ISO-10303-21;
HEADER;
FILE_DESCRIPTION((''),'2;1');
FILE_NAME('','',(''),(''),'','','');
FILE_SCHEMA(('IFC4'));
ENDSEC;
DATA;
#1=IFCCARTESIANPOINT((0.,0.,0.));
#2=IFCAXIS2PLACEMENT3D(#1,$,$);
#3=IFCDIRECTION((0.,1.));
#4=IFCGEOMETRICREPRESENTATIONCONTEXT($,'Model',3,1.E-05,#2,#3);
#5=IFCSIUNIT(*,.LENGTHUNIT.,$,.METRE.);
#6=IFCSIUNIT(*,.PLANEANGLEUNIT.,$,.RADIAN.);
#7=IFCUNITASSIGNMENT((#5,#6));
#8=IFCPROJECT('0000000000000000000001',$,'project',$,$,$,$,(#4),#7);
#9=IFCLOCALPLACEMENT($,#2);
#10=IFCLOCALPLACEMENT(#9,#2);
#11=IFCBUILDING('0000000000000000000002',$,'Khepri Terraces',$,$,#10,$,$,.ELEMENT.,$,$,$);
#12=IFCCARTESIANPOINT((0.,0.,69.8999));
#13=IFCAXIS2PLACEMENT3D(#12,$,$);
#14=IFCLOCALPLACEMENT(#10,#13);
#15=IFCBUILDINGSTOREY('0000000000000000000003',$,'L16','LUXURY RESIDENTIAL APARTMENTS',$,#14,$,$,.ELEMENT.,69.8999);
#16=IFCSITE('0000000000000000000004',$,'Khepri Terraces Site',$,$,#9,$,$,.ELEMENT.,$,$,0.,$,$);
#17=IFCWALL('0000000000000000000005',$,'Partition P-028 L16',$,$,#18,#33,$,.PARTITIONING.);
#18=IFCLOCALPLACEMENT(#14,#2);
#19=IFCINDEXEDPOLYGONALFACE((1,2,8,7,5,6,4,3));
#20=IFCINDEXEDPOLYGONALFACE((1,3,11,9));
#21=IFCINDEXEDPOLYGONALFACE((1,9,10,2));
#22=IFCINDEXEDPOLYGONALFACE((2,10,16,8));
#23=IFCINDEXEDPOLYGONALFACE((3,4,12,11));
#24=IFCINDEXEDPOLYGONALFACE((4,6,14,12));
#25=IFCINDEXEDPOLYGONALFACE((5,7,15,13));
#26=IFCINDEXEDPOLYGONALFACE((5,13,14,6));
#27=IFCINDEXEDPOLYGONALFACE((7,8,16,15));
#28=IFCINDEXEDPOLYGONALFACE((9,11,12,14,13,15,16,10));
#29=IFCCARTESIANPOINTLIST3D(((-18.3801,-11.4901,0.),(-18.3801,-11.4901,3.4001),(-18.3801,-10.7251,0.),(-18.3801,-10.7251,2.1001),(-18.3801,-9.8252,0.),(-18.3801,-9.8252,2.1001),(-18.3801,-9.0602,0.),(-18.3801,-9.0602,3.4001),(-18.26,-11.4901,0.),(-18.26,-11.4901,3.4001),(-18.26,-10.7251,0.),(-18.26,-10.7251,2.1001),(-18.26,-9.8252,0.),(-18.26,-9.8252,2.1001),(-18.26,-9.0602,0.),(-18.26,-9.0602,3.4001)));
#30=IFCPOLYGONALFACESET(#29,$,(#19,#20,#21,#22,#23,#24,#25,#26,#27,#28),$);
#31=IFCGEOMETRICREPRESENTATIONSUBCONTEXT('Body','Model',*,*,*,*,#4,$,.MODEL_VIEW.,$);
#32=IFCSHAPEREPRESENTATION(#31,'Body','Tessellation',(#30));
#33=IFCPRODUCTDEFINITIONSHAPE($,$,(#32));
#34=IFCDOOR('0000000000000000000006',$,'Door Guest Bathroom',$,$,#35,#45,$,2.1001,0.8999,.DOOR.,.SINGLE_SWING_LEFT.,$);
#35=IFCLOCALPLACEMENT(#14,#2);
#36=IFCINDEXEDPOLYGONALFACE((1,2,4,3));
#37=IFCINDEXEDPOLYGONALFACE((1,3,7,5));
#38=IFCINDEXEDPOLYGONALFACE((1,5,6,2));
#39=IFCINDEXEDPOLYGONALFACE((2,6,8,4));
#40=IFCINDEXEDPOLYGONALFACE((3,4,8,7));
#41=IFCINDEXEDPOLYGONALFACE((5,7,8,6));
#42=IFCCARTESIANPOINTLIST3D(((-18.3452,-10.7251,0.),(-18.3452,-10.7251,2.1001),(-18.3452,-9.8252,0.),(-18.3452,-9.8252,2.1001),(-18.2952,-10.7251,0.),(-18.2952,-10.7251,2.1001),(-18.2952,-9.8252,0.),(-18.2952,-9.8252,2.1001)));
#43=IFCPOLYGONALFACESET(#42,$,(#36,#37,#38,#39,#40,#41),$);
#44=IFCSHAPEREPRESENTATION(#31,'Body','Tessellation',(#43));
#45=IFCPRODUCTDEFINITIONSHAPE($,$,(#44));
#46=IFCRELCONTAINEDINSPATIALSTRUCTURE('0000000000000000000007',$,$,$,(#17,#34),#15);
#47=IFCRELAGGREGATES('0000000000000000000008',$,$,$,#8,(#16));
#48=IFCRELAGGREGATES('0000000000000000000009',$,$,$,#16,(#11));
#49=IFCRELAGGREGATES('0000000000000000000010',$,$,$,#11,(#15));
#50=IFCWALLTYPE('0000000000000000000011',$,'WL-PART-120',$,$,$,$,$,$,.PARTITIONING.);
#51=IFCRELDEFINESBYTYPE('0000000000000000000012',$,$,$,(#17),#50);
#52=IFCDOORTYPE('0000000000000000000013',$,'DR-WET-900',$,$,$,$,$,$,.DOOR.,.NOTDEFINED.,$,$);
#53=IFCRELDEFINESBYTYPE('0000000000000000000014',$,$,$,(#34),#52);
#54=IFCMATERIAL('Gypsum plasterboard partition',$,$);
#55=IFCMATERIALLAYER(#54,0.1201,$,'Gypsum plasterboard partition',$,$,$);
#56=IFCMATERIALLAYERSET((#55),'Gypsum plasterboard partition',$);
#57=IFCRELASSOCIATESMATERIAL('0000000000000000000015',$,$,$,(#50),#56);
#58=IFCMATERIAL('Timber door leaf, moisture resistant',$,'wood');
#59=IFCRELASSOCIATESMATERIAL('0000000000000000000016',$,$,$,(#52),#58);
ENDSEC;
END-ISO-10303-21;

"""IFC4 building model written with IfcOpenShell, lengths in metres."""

from ifc_helpers import new_model, si_unit, direction, frame, frame_2d, origin, place, context, subcontext, project, spatial, rectangle, extrude, material, layer, layer_set, type_object, element, fill, save


model = new_model("IFC4")

# Units and contexts
model_context = context("Model", 3, precision=1e-05, world=origin(), true_north=direction((0.0, 1.0)))
body_context = subcontext(model_context, "Body", "Model", "MODEL_VIEW")
ifc_project = project(units=[si_unit("LENGTHUNIT", "METRE"), si_unit("PLANEANGLEUNIT", "RADIAN")], contexts=[model_context])

# Site, building, storey
site_placement = place(None, origin())
site = spatial("IfcSite", under=ifc_project, at=site_placement, Name="Khepri Terraces Site", CompositionType="ELEMENT", RefElevation=0.0)
building_placement = place(site_placement, origin())
building = spatial("IfcBuilding", under=site, at=building_placement, Name="Khepri Terraces", CompositionType="ELEMENT")
storey_placement = place(building_placement, frame((0.0, 0.0, 69.8999)))
storey = spatial("IfcBuildingStorey", under=building, at=storey_placement, Name="L16", Description="LUXURY RESIDENTIAL APARTMENTS", CompositionType="ELEMENT", Elevation=69.8999)

# Shared definitions
ifc_material_1 = material(Name="Gypsum plasterboard partition")
ifc_layer_1 = layer(ifc_material_1, 0.1201, Name="Gypsum plasterboard partition")
ifc_layer_set_1 = layer_set([ifc_layer_1], Name="Gypsum plasterboard partition")
wall_type_1 = type_object("IfcWallType", Name="WL-PART-120", PredefinedType="PARTITIONING", material=ifc_layer_set_1)

# Wall, opening, door
wall_1_placement = place(storey_placement, frame((-18.3201, -11.49, 0.0), z_axis=(0.0, 0.0, 1.0), x_axis=(0.0, 1.0, 0.0)))
wall_1 = element("IfcWall", 1, at=wall_1_placement, inside=storey, type_object=wall_type_1, Name="Partition P-028 L16", PredefinedType="PARTITIONING", context=body_context, shape_type="SweptSolid", body=[
    extrude(rectangle(XDim=2.4299, YDim=0.1201, at=frame_2d((1.2148, 0.0))), origin(), (0.0, 0.0, 1.0), 3.4001),
])
opening_1_placement = place(wall_1_placement, frame((0.7649, 0.0, 0.0)))
opening_1 = element("IfcOpeningElement", 2, at=opening_1_placement, cuts=wall_1, PredefinedType="OPENING", context=body_context, shape_type="SweptSolid", body=[
    extrude(rectangle(XDim=0.8999, YDim=2.1001, at=frame_2d((0.45, 1.05))), frame((0.0, 0.0701, 0.0), z_axis=(0.0, -1.0, 0.0), x_axis=(1.0, 0.0, 0.0)), (0.0, 0.0, 1.0), 0.1401),
])
ifc_material_2 = material(Name="Timber door leaf, moisture resistant", Category="wood")
door_type_1 = type_object("IfcDoorType", Name="DR-WET-900", OperationType="NOTDEFINED", PredefinedType="DOOR", material=ifc_material_2)
door_1_placement = place(opening_1_placement, frame((0.8999, 0.0, 0.0), z_axis=(0.0, 0.0, 1.0), x_axis=(-1.0, 0.0, 0.0)))
door_1 = element("IfcDoor", 3, at=door_1_placement, inside=storey, type_object=door_type_1, Name="Door Guest Bathroom", OperationType="SINGLE_SWING_LEFT", OverallHeight=2.1001, OverallWidth=0.8999, PredefinedType="DOOR", context=body_context, shape_type="SweptSolid", body=[
    extrude(rectangle(XDim=0.8999, YDim=2.1001, at=frame_2d((0.45, 1.05))), frame((0.0, 0.0249, 0.0), z_axis=(0.0, -1.0, 0.0), x_axis=(1.0, 0.0, 0.0)), (0.0, 0.0, 1.0), 0.05),
])
fill(opening_1, door_1)

save(model, "model.ifc")
